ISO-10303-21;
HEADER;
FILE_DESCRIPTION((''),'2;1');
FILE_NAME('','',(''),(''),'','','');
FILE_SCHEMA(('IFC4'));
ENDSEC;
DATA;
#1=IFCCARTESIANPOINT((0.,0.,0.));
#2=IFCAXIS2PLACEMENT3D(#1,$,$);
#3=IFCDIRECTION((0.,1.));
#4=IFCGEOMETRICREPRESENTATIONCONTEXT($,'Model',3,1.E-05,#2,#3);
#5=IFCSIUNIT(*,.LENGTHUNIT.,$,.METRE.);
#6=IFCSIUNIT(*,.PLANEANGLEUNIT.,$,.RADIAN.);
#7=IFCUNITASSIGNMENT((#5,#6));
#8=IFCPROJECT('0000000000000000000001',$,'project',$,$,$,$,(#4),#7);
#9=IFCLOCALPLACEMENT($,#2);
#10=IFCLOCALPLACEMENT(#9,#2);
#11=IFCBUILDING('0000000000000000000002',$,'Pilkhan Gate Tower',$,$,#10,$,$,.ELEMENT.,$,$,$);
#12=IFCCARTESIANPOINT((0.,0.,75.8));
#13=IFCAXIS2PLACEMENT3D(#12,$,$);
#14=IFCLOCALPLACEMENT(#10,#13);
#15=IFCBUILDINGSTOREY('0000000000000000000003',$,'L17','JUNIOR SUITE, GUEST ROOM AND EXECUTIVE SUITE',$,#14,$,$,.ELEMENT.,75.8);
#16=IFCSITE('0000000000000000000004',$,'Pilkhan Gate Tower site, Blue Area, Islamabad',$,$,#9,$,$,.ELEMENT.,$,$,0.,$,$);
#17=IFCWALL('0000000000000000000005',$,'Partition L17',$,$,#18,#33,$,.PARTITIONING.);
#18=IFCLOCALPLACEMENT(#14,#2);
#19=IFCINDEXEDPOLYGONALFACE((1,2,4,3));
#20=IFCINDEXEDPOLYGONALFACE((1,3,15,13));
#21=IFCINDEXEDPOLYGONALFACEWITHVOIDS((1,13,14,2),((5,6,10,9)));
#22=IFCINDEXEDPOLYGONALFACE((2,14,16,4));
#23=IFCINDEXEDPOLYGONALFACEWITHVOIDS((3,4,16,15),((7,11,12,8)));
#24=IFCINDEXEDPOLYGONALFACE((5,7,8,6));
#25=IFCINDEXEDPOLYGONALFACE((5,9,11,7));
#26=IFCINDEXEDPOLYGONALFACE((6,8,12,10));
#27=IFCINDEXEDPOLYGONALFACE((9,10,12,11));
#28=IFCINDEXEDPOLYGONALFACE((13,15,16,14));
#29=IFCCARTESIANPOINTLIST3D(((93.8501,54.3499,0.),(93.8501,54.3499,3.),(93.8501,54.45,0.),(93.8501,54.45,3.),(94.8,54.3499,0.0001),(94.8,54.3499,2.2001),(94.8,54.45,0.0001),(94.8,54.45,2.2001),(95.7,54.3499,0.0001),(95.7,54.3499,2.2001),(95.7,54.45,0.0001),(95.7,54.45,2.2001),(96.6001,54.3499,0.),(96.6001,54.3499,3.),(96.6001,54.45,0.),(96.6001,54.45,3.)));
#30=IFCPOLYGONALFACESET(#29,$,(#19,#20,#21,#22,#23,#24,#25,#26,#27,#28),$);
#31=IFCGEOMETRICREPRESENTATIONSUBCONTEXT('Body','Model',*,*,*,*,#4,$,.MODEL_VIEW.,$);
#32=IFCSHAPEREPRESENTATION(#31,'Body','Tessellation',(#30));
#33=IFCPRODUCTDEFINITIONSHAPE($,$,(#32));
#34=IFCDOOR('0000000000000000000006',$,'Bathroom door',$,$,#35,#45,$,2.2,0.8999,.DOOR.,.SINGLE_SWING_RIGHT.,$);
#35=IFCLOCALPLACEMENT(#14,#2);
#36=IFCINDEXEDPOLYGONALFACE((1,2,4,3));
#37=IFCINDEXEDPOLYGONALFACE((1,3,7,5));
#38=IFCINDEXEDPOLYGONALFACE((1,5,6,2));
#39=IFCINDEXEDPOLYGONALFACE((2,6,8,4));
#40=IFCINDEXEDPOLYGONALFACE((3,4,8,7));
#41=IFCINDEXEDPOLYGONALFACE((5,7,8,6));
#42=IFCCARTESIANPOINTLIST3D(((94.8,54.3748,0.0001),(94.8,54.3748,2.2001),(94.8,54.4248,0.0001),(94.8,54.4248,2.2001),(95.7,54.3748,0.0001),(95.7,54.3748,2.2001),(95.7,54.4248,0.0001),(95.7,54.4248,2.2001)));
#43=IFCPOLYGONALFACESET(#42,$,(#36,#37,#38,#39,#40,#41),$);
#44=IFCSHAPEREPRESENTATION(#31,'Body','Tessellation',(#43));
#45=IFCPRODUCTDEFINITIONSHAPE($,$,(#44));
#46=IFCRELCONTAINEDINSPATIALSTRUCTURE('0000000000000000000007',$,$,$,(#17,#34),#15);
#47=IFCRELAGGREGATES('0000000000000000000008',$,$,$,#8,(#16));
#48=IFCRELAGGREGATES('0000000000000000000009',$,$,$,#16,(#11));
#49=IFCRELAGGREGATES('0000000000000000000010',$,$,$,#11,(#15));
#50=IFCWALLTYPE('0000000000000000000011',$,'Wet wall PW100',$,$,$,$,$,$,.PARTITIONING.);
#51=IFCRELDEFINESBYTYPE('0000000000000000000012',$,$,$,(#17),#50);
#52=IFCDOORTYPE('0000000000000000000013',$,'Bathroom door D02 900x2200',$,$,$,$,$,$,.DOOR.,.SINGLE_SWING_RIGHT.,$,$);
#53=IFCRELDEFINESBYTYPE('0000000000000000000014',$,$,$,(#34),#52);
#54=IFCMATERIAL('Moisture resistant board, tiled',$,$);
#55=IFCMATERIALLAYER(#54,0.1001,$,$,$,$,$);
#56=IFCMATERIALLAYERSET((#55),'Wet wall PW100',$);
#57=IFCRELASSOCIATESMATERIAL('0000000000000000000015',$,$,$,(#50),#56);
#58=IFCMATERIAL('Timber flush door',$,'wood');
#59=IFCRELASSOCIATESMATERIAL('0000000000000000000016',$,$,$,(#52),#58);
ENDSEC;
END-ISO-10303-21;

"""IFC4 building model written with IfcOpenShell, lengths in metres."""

from ifc_helpers import new_model, si_unit, direction, frame, frame_2d, origin, place, context, subcontext, project, spatial, rectangle, extrude, material, layer, layer_set, type_object, element, fill, save


model = new_model("IFC4")

# Units and contexts
model_context = context("Model", 3, precision=1e-05, world=origin(), true_north=direction((0.0, 1.0)))
body_context = subcontext(model_context, "Body", "Model", "MODEL_VIEW")
ifc_project = project(units=[si_unit("LENGTHUNIT", "METRE"), si_unit("PLANEANGLEUNIT", "RADIAN")], contexts=[model_context])

# Site, building, storey
site_placement = place(None, origin())
site = spatial("IfcSite", under=ifc_project, at=site_placement, Name="Pilkhan Gate Tower site, Blue Area, Islamabad", CompositionType="ELEMENT", RefElevation=0.0)
building_placement = place(site_placement, origin())
building = spatial("IfcBuilding", under=site, at=building_placement, Name="Pilkhan Gate Tower", CompositionType="ELEMENT")
storey_placement = place(building_placement, frame((0.0, 0.0, 75.8)))
storey = spatial("IfcBuildingStorey", under=building, at=storey_placement, Name="L17", Description="JUNIOR SUITE, GUEST ROOM AND EXECUTIVE SUITE", CompositionType="ELEMENT", Elevation=75.8)

# Wall, opening, door
ifc_material_1 = material(Name="Moisture resistant board, tiled")
ifc_layer_1 = layer(ifc_material_1, 0.1001)
ifc_layer_set_1 = layer_set([ifc_layer_1], Name="Wet wall PW100")
wall_type_1 = type_object("IfcWallType", Name="Wet wall PW100", PredefinedType="PARTITIONING", material=ifc_layer_set_1)
wall_1_placement = place(storey_placement, frame((93.8501, 54.3999, 0.0), z_axis=(0.0, 0.0, 1.0), x_axis=(1.0, 0.0, 0.0)))
wall_1 = element("IfcWall", 1, at=wall_1_placement, inside=storey, type_object=wall_type_1, Name="Partition L17", PredefinedType="PARTITIONING", context=body_context, shape_type="SweptSolid", body=[
    extrude(rectangle(XDim=2.75, YDim=0.1001, at=frame_2d((1.375, 0.0))), origin(), (0.0, 0.0, 1.0), 3.0),
])
opening_1_placement = place(wall_1_placement, frame((0.95, 0.0, 0.0)))
opening_1 = element("IfcOpeningElement", 2, at=opening_1_placement, cuts=wall_1, PredefinedType="OPENING", context=body_context, shape_type="SweptSolid", body=[
    extrude(rectangle(XDim=0.8999, YDim=2.2, at=frame_2d((0.45, 1.1001))), frame((0.0, 0.0601, 0.0), z_axis=(0.0, -1.0, 0.0), x_axis=(1.0, 0.0, 0.0)), (0.0, 0.0, 1.0), 0.1201),
])
ifc_material_2 = material(Name="Timber flush door", Category="wood")
door_type_1 = type_object("IfcDoorType", Name="Bathroom door D02 900x2200", OperationType="SINGLE_SWING_RIGHT", PredefinedType="DOOR", material=ifc_material_2)
door_1_placement = place(opening_1_placement, origin())
door_1 = element("IfcDoor", 3, at=door_1_placement, inside=storey, type_object=door_type_1, Name="Bathroom door", OperationType="SINGLE_SWING_RIGHT", OverallHeight=2.2, OverallWidth=0.8999, PredefinedType="DOOR", context=body_context, shape_type="SweptSolid", body=[
    extrude(rectangle(XDim=0.8999, YDim=2.2, at=frame_2d((0.45, 1.1001))), frame((0.0, 0.0249, 0.0), z_axis=(0.0, -1.0, 0.0), x_axis=(1.0, 0.0, 0.0)), (0.0, 0.0, 1.0), 0.05),
])
fill(opening_1, door_1)

save(model, "model.ifc")
